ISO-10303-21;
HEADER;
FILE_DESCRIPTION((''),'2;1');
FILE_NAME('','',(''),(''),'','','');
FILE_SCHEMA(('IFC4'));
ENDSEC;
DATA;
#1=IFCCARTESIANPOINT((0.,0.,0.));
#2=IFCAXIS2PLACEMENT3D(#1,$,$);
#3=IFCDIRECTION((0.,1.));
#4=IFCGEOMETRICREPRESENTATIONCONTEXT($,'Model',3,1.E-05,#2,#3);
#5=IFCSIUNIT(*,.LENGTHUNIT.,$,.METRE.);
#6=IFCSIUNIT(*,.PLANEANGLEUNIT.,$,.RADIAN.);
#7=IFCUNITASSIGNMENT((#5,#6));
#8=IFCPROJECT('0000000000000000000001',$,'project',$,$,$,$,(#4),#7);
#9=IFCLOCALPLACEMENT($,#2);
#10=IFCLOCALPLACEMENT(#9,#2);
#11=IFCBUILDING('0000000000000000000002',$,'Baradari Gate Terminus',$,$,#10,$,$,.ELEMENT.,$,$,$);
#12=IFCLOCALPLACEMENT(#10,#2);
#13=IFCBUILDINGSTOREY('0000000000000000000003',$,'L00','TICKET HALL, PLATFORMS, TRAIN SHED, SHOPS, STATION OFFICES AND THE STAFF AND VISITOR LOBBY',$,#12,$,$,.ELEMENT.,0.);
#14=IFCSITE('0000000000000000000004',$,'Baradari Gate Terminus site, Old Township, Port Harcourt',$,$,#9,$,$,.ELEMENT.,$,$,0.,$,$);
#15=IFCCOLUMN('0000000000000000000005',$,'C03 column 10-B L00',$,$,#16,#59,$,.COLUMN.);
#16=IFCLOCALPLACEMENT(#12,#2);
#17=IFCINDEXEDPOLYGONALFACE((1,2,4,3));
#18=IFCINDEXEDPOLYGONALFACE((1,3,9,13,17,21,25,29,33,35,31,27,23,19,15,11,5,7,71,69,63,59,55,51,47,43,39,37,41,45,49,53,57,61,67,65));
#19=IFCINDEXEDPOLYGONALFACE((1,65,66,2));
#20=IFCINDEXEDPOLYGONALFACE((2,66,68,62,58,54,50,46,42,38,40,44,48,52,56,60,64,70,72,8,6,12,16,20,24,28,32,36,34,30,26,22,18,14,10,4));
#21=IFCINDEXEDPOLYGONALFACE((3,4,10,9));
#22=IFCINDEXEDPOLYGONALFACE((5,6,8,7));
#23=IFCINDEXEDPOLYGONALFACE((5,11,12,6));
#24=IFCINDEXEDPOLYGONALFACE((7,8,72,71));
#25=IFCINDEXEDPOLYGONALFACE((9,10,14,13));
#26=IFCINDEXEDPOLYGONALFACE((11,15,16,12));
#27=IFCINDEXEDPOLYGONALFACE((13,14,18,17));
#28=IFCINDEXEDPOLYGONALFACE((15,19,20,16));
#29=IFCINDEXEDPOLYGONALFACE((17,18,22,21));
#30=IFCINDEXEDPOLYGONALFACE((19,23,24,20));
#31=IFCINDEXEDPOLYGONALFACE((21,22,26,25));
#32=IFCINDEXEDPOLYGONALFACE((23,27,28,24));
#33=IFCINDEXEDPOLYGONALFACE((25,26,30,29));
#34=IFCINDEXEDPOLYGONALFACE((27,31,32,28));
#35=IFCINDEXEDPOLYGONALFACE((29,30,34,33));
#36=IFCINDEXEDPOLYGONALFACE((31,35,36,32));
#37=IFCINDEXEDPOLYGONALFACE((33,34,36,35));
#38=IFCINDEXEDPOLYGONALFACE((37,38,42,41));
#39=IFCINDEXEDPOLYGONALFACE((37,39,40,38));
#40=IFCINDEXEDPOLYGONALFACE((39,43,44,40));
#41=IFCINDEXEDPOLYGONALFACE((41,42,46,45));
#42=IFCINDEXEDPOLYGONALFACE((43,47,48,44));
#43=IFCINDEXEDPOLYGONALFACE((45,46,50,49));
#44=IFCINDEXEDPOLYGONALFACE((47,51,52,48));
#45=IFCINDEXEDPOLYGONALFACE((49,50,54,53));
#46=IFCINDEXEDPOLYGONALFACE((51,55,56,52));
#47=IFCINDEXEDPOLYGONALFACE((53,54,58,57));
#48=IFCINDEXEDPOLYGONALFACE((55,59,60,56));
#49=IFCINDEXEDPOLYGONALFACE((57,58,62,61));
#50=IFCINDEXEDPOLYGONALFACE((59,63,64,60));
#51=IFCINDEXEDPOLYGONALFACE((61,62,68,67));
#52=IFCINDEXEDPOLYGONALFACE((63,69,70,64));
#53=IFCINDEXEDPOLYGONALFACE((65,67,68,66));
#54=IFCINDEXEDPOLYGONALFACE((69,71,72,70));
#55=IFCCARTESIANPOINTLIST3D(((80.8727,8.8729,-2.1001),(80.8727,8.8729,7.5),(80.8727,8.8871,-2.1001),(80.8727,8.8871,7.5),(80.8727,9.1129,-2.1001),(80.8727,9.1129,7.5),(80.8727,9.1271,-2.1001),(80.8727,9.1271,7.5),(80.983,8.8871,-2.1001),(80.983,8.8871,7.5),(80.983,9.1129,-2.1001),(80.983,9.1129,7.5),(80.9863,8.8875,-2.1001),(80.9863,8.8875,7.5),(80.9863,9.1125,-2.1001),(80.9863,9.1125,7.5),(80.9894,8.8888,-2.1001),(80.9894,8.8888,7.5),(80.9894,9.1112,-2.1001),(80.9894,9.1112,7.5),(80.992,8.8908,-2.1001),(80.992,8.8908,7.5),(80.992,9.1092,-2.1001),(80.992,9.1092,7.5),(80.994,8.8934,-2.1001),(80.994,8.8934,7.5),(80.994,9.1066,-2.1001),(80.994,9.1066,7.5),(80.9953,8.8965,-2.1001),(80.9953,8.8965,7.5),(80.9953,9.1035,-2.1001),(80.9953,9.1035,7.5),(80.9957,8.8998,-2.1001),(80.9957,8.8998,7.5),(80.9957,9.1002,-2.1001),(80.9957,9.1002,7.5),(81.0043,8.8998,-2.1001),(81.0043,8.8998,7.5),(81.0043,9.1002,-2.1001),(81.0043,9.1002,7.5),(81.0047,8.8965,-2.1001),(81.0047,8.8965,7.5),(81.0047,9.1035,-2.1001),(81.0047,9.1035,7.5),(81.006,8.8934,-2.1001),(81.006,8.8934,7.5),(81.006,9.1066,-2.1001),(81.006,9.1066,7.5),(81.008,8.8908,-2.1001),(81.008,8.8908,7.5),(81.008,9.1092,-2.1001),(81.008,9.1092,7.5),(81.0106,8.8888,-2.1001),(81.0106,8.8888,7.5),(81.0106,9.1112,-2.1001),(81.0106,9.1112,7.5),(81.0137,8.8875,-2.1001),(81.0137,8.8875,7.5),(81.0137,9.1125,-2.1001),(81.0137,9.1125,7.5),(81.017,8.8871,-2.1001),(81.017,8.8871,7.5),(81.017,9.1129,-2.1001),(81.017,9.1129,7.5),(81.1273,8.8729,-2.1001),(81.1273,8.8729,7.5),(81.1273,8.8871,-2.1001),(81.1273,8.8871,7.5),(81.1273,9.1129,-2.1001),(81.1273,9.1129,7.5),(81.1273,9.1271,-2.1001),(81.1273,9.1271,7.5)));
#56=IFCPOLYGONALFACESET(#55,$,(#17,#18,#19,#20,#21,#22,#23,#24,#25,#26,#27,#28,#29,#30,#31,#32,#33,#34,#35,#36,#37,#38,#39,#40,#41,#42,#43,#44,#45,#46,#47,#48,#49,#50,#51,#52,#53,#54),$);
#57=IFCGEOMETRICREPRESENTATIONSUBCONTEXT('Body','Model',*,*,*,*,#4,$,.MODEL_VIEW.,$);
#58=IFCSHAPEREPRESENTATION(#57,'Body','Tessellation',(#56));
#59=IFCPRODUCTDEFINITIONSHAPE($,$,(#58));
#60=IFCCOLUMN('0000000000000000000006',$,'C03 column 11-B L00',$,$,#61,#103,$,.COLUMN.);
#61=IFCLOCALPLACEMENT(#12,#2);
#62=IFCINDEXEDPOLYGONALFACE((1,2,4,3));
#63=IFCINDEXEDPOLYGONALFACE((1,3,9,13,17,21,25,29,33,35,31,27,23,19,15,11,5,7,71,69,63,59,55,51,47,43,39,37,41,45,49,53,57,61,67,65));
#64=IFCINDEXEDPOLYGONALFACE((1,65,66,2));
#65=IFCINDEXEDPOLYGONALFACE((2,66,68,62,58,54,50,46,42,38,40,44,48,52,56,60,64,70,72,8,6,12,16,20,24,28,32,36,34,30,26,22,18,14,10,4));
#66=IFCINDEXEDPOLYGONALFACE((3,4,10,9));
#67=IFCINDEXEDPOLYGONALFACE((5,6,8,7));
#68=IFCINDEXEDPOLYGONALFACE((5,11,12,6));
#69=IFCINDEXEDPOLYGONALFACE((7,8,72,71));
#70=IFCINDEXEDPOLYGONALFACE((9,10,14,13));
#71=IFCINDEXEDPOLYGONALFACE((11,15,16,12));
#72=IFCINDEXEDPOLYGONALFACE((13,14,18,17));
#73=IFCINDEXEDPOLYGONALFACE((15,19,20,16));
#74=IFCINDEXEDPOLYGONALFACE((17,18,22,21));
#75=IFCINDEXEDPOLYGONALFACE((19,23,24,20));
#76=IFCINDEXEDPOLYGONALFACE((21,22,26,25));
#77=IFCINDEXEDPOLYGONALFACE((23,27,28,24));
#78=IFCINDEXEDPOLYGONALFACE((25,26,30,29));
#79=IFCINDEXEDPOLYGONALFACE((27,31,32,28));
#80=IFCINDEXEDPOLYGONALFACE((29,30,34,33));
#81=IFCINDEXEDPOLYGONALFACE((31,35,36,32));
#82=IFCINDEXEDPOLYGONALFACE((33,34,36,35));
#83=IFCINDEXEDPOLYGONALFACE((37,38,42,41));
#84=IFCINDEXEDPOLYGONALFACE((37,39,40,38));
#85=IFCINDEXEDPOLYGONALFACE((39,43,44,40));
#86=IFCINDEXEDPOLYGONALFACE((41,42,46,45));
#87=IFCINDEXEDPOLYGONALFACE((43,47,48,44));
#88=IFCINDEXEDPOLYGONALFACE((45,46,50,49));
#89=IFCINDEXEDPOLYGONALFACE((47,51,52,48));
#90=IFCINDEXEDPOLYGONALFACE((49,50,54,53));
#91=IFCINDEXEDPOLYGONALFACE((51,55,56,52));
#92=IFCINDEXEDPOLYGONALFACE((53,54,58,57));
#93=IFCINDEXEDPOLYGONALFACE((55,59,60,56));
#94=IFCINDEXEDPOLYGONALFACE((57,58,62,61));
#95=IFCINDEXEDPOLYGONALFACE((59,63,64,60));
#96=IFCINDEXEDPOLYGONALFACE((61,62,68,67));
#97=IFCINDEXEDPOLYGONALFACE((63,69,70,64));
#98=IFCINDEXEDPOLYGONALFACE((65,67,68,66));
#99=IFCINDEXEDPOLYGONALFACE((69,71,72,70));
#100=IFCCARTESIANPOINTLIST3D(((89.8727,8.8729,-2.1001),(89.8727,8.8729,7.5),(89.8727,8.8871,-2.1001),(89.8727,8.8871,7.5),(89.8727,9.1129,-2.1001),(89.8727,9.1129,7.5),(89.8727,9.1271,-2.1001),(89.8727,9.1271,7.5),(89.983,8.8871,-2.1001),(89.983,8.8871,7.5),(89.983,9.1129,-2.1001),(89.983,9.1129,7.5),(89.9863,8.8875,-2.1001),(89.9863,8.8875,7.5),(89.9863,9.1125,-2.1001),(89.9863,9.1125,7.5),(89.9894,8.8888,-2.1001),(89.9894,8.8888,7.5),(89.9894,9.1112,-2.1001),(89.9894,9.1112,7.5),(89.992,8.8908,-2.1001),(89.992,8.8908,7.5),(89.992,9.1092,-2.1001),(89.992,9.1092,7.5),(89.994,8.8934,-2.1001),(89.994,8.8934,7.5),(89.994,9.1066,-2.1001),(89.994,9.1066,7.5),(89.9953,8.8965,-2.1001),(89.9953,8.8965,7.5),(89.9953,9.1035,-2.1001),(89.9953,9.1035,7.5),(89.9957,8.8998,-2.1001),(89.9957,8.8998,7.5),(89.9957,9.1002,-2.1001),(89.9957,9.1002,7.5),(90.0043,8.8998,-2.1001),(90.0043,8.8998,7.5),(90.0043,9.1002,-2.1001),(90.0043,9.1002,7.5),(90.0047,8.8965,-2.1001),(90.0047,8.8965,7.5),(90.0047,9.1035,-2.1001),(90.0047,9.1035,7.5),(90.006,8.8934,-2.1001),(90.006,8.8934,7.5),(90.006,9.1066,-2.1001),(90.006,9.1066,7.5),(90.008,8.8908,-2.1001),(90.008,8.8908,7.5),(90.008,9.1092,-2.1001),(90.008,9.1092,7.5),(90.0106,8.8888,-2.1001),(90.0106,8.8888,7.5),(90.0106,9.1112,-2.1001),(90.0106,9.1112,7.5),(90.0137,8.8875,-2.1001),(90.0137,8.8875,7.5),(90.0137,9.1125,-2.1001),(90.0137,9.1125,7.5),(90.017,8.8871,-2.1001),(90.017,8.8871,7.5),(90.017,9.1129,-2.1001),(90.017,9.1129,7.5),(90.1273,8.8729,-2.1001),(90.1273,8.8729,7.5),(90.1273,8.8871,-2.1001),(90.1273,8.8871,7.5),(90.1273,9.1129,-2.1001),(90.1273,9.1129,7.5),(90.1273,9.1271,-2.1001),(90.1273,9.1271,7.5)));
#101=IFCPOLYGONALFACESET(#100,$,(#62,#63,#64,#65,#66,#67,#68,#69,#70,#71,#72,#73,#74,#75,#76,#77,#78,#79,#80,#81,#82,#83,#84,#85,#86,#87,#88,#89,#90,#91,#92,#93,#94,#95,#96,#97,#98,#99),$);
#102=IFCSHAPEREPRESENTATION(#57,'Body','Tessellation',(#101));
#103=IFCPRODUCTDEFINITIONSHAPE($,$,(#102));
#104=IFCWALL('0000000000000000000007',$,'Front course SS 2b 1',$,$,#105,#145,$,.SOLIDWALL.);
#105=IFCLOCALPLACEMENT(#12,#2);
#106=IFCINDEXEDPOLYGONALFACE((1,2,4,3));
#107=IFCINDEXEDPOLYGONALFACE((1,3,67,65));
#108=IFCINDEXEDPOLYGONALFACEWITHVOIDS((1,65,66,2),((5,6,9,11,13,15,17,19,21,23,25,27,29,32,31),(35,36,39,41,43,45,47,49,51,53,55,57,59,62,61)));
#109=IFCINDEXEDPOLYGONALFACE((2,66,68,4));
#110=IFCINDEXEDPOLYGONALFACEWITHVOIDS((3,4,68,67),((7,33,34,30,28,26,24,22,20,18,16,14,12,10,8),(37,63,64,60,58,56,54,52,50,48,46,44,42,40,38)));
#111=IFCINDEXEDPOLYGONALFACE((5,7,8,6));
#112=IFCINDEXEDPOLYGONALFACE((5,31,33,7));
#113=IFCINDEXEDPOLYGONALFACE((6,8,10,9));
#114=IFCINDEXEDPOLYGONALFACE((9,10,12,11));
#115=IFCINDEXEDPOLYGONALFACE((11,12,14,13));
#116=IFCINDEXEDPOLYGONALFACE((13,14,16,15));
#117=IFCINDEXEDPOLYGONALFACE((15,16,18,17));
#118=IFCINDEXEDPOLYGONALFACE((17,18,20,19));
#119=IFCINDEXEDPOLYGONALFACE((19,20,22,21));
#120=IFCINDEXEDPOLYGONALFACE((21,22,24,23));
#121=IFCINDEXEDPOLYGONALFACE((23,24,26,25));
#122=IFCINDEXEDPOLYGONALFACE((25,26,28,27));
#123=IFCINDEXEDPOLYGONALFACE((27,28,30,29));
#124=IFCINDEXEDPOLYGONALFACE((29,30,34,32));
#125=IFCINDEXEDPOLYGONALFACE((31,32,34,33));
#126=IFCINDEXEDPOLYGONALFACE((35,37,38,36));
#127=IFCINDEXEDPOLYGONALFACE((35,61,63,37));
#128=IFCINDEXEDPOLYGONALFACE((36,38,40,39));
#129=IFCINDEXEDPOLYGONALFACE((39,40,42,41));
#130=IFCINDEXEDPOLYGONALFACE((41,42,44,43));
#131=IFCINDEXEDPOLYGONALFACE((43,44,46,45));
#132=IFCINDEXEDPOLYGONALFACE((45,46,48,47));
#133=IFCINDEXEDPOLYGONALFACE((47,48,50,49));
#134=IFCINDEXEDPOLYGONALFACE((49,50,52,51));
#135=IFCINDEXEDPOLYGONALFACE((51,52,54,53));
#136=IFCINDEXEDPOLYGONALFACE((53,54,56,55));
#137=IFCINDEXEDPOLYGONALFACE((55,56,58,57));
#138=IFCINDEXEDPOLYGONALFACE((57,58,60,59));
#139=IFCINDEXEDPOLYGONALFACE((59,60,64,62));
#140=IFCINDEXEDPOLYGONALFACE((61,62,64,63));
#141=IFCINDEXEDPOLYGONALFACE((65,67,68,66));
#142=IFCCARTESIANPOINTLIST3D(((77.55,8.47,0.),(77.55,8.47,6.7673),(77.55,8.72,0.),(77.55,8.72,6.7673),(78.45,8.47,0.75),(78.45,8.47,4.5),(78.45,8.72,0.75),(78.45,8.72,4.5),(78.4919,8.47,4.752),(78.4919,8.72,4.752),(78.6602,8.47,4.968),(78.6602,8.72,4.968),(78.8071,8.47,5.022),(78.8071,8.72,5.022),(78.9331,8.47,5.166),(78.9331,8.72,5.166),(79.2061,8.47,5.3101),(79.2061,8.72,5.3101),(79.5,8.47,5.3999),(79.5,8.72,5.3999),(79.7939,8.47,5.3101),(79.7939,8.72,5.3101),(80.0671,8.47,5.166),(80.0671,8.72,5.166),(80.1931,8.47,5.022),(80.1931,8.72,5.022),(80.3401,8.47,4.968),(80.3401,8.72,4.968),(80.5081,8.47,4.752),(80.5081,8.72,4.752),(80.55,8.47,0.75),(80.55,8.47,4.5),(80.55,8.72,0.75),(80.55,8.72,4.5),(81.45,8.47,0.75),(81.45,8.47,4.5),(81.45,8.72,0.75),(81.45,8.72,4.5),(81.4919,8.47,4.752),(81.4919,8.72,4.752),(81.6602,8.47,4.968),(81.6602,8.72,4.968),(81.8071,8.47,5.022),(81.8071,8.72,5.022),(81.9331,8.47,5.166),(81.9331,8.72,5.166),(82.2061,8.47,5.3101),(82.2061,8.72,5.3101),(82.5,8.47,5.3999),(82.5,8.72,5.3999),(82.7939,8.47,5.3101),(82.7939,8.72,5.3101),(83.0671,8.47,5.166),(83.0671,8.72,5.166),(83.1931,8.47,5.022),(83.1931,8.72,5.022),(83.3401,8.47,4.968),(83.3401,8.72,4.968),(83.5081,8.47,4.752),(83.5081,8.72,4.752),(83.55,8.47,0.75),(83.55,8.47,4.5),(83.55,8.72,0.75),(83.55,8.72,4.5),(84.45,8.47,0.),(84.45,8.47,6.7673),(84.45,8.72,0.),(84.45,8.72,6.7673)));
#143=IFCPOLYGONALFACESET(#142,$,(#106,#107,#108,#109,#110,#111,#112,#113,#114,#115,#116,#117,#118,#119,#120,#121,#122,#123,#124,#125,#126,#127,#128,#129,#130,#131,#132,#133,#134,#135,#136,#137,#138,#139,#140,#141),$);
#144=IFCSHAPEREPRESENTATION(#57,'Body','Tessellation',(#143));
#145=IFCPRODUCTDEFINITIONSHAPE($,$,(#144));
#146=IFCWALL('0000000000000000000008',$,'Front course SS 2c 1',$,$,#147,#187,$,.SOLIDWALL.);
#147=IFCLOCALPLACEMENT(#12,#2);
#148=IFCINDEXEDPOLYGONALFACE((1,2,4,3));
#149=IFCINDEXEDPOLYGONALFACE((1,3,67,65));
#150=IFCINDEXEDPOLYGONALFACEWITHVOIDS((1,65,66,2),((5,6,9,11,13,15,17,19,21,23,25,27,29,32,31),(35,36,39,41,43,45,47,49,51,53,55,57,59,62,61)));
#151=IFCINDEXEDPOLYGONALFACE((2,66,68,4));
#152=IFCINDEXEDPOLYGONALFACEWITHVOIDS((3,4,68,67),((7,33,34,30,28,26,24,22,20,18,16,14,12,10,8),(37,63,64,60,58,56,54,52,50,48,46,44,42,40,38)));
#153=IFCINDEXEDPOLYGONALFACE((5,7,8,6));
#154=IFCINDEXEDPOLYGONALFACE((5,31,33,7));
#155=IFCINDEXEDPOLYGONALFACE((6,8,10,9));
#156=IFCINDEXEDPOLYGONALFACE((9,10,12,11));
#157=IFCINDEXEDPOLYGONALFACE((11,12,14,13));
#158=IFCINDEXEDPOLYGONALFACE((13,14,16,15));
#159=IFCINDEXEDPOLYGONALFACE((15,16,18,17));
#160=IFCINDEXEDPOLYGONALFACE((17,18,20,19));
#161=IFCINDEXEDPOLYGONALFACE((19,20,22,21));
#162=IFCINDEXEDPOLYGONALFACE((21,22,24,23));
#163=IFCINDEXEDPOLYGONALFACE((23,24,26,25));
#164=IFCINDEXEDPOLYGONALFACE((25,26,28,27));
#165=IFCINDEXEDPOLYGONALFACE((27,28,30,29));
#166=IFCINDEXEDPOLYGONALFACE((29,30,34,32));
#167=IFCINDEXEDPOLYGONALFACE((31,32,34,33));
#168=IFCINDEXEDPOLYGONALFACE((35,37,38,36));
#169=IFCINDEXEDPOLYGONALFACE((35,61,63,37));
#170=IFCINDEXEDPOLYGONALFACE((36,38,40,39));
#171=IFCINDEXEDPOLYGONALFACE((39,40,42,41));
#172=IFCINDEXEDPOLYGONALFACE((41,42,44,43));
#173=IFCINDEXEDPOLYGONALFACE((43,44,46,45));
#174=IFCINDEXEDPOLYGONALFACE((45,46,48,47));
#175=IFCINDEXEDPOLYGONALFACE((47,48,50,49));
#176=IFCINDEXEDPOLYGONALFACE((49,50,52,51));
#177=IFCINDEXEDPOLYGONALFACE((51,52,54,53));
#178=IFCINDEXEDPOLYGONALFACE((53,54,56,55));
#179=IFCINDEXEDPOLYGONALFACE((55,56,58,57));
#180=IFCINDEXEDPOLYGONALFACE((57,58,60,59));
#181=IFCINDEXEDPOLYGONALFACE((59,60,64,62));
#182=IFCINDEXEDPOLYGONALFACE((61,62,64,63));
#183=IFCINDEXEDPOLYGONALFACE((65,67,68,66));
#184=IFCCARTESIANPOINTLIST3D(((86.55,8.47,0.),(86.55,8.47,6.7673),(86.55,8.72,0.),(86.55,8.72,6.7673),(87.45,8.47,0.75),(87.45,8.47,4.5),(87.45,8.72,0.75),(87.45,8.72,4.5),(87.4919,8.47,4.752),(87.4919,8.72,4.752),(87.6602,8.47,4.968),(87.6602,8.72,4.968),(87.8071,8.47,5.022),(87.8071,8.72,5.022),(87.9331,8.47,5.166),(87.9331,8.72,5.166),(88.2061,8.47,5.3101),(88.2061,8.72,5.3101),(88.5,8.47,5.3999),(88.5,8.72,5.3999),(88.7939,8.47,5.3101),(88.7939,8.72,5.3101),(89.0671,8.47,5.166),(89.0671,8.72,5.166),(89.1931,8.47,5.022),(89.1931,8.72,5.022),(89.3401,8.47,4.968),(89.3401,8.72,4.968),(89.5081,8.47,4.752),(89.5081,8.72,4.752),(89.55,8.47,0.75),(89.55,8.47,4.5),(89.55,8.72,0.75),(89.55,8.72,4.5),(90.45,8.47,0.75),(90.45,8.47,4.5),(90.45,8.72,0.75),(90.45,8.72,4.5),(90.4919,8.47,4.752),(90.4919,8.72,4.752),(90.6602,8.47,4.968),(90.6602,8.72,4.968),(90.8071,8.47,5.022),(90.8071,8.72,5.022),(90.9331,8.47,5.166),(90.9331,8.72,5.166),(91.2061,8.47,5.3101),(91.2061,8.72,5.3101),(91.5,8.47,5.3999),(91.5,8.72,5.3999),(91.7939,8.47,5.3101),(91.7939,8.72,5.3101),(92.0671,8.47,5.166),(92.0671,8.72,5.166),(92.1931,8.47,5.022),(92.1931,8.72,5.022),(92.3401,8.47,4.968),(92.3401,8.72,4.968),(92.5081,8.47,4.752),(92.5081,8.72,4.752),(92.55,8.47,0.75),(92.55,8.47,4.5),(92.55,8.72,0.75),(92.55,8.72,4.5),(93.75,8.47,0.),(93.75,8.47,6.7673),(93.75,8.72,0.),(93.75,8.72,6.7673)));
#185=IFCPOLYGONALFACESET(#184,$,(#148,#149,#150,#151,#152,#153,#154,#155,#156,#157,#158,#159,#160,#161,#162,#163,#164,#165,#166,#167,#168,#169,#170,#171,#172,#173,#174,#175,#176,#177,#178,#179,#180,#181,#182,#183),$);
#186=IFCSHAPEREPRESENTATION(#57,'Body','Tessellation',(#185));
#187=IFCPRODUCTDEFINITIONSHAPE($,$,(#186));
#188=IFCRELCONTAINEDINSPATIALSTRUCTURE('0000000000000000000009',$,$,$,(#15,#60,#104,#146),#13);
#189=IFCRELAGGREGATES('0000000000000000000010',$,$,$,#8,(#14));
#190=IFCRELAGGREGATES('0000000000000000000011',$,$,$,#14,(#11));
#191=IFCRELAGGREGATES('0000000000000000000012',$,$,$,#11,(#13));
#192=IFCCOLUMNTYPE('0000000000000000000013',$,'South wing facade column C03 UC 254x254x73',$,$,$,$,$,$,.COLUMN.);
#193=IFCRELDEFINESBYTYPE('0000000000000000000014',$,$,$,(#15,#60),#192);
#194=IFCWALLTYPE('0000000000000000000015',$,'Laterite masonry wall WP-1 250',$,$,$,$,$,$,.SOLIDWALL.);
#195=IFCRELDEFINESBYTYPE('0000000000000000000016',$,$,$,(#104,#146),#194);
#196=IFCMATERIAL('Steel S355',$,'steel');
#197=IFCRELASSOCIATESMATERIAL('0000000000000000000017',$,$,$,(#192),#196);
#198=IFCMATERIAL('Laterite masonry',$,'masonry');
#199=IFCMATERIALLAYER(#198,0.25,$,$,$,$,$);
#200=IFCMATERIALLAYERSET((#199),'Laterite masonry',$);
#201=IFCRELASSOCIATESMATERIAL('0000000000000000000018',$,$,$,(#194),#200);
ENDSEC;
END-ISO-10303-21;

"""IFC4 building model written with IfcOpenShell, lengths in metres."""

from ifc_helpers import new_model, si_unit, direction, frame, origin, origin_2d, place, context, subcontext, project, spatial, polyline, i_section, outline, extrude, material, layer, layer_set, material_profile, profile_set, type_object, element, save


model = new_model("IFC4")

# Units and contexts
model_context = context("Model", 3, precision=1e-05, world=origin(), true_north=direction((0.0, 1.0)))
body_context = subcontext(model_context, "Body", "Model", "MODEL_VIEW")
ifc_project = project(units=[si_unit("LENGTHUNIT", "METRE"), si_unit("PLANEANGLEUNIT", "RADIAN")], contexts=[model_context])

# Site, building, storey
site_placement = place(None, origin())
site = spatial("IfcSite", under=ifc_project, at=site_placement, Name="Baradari Gate Terminus site, Old Township, Port Harcourt", CompositionType="ELEMENT", RefElevation=0.0)
building_placement = place(site_placement, origin())
building = spatial("IfcBuilding", under=site, at=building_placement, Name="Baradari Gate Terminus", CompositionType="ELEMENT")
storey_placement = place(building_placement, origin())
storey = spatial("IfcBuildingStorey", under=building, at=storey_placement, Name="L00", Description="TICKET HALL, PLATFORMS, TRAIN SHED, SHOPS, STATION OFFICES AND THE STAFF AND VISITOR LOBBY", CompositionType="ELEMENT", Elevation=0.0)

# Columns
ifc_material_1 = material(Name="Steel S355", Category="steel")
ifc_material_profile = material_profile(ifc_material_1, i_section(OverallWidth=0.2546, OverallDepth=0.2542, WebThickness=0.0085, FlangeThickness=0.0142, FilletRadius=0.0127, at=origin_2d()), Name="UC 254x254x73")
ifc_profile_set = profile_set([ifc_material_profile], Name="Steel S355")
column_type = type_object("IfcColumnType", Name="South wing facade column C03 UC 254x254x73", PredefinedType="COLUMN", material=ifc_profile_set)
for number, where, z_axis, x_axis, name in (
    (1, (81.0, 9.0, -2.1001), (0.0, 0.0, 1.0), (1.0, 0.0, 0.0), "C03 column 10-B L00"),
    (2, (90.0, 9.0, -2.1001), (0.0, 0.0, 1.0), (1.0, 0.0, 0.0), "C03 column 11-B L00"),
):
    element("IfcColumn", number, at=place(storey_placement, frame(where, z_axis=z_axis, x_axis=x_axis)), inside=storey, type_object=column_type, Name=name, PredefinedType="COLUMN", context=body_context, shape_type="SweptSolid", body=[
        extrude(i_section(OverallWidth=0.2546, OverallDepth=0.2542, WebThickness=0.0085, FlangeThickness=0.0142, FilletRadius=0.0127, at=origin_2d()), origin(), (0.0, 0.0, 1.0), 9.6001),
    ])

# Walls
ifc_material_2 = material(Name="Laterite masonry", Category="masonry")
ifc_layer_1 = layer(ifc_material_2, 0.25)
ifc_layer_set_1 = layer_set([ifc_layer_1], Name="Laterite masonry")
wall_type_1 = type_object("IfcWallType", Name="Laterite masonry wall WP-1 250", PredefinedType="SOLIDWALL", material=ifc_layer_set_1)
wall_1_placement = place(storey_placement, frame((77.55, 8.595, 0.0), z_axis=(0.0, 0.0, 1.0), x_axis=(1.0, 0.0, 0.0)))
element("IfcWall", 3, at=wall_1_placement, inside=storey, type_object=wall_type_1, Name="Front course SS 2b 1", PredefinedType="SOLIDWALL", context=body_context, shape_type="SweptSolid", body=[
    extrude(outline(polyline([(0.0, 0.0), (6.8999, 0.0), (6.8999, 6.7673), (0.0, 6.7673), (0.0, 0.0)]), holes=[polyline([(0.8999, 4.5), (0.9419, 4.752), (1.1101, 4.968), (1.2571, 5.022), (1.3831, 5.166), (1.656, 5.3101), (1.95, 5.3999), (2.2439, 5.3101), (2.5171, 5.166), (2.6431, 5.022), (2.79, 4.968), (2.958, 4.752), (3.0, 4.5), (3.0, 0.75), (0.8999, 0.75), (0.8999, 4.5)]), polyline([(3.8999, 4.5), (3.9419, 4.752), (4.1101, 4.968), (4.2571, 5.022), (4.3831, 5.166), (4.656, 5.3101), (4.95, 5.3999), (5.2439, 5.3101), (5.5171, 5.166), (5.6431, 5.022), (5.79, 4.968), (5.958, 4.752), (6.0, 4.5), (6.0, 0.75), (3.8999, 0.75), (3.8999, 4.5)])]), frame((0.0, 0.125, 0.0), z_axis=(0.0, -1.0, 0.0), x_axis=(1.0, 0.0, 0.0)), (0.0, 0.0, 1.0), 0.25),
])
wall_2_placement = place(storey_placement, frame((86.55, 8.595, 0.0), z_axis=(0.0, 0.0, 1.0), x_axis=(1.0, 0.0, 0.0)))
element("IfcWall", 4, at=wall_2_placement, inside=storey, type_object=wall_type_1, Name="Front course SS 2c 1", PredefinedType="SOLIDWALL", context=body_context, shape_type="SweptSolid", body=[
    extrude(outline(polyline([(0.0, 0.0), (7.2, 0.0), (7.2, 6.7673), (0.0, 6.7673), (0.0, 0.0)]), holes=[polyline([(0.8999, 4.5), (0.9419, 4.752), (1.1101, 4.968), (1.2571, 5.022), (1.3831, 5.166), (1.656, 5.3101), (1.95, 5.3999), (2.2439, 5.3101), (2.5171, 5.166), (2.6431, 5.022), (2.79, 4.968), (2.958, 4.752), (3.0, 4.5), (3.0, 0.75), (0.8999, 0.75), (0.8999, 4.5)]), polyline([(3.8999, 4.5), (3.9419, 4.752), (4.1101, 4.968), (4.2571, 5.022), (4.3831, 5.166), (4.656, 5.3101), (4.95, 5.3999), (5.2439, 5.3101), (5.5171, 5.166), (5.6431, 5.022), (5.79, 4.968), (5.958, 4.752), (6.0, 4.5), (6.0, 0.75), (3.8999, 0.75), (3.8999, 4.5)])]), frame((0.0, 0.125, 0.0), z_axis=(0.0, -1.0, 0.0), x_axis=(1.0, 0.0, 0.0)), (0.0, 0.0, 1.0), 0.25),
])

save(model, "model.ifc")
